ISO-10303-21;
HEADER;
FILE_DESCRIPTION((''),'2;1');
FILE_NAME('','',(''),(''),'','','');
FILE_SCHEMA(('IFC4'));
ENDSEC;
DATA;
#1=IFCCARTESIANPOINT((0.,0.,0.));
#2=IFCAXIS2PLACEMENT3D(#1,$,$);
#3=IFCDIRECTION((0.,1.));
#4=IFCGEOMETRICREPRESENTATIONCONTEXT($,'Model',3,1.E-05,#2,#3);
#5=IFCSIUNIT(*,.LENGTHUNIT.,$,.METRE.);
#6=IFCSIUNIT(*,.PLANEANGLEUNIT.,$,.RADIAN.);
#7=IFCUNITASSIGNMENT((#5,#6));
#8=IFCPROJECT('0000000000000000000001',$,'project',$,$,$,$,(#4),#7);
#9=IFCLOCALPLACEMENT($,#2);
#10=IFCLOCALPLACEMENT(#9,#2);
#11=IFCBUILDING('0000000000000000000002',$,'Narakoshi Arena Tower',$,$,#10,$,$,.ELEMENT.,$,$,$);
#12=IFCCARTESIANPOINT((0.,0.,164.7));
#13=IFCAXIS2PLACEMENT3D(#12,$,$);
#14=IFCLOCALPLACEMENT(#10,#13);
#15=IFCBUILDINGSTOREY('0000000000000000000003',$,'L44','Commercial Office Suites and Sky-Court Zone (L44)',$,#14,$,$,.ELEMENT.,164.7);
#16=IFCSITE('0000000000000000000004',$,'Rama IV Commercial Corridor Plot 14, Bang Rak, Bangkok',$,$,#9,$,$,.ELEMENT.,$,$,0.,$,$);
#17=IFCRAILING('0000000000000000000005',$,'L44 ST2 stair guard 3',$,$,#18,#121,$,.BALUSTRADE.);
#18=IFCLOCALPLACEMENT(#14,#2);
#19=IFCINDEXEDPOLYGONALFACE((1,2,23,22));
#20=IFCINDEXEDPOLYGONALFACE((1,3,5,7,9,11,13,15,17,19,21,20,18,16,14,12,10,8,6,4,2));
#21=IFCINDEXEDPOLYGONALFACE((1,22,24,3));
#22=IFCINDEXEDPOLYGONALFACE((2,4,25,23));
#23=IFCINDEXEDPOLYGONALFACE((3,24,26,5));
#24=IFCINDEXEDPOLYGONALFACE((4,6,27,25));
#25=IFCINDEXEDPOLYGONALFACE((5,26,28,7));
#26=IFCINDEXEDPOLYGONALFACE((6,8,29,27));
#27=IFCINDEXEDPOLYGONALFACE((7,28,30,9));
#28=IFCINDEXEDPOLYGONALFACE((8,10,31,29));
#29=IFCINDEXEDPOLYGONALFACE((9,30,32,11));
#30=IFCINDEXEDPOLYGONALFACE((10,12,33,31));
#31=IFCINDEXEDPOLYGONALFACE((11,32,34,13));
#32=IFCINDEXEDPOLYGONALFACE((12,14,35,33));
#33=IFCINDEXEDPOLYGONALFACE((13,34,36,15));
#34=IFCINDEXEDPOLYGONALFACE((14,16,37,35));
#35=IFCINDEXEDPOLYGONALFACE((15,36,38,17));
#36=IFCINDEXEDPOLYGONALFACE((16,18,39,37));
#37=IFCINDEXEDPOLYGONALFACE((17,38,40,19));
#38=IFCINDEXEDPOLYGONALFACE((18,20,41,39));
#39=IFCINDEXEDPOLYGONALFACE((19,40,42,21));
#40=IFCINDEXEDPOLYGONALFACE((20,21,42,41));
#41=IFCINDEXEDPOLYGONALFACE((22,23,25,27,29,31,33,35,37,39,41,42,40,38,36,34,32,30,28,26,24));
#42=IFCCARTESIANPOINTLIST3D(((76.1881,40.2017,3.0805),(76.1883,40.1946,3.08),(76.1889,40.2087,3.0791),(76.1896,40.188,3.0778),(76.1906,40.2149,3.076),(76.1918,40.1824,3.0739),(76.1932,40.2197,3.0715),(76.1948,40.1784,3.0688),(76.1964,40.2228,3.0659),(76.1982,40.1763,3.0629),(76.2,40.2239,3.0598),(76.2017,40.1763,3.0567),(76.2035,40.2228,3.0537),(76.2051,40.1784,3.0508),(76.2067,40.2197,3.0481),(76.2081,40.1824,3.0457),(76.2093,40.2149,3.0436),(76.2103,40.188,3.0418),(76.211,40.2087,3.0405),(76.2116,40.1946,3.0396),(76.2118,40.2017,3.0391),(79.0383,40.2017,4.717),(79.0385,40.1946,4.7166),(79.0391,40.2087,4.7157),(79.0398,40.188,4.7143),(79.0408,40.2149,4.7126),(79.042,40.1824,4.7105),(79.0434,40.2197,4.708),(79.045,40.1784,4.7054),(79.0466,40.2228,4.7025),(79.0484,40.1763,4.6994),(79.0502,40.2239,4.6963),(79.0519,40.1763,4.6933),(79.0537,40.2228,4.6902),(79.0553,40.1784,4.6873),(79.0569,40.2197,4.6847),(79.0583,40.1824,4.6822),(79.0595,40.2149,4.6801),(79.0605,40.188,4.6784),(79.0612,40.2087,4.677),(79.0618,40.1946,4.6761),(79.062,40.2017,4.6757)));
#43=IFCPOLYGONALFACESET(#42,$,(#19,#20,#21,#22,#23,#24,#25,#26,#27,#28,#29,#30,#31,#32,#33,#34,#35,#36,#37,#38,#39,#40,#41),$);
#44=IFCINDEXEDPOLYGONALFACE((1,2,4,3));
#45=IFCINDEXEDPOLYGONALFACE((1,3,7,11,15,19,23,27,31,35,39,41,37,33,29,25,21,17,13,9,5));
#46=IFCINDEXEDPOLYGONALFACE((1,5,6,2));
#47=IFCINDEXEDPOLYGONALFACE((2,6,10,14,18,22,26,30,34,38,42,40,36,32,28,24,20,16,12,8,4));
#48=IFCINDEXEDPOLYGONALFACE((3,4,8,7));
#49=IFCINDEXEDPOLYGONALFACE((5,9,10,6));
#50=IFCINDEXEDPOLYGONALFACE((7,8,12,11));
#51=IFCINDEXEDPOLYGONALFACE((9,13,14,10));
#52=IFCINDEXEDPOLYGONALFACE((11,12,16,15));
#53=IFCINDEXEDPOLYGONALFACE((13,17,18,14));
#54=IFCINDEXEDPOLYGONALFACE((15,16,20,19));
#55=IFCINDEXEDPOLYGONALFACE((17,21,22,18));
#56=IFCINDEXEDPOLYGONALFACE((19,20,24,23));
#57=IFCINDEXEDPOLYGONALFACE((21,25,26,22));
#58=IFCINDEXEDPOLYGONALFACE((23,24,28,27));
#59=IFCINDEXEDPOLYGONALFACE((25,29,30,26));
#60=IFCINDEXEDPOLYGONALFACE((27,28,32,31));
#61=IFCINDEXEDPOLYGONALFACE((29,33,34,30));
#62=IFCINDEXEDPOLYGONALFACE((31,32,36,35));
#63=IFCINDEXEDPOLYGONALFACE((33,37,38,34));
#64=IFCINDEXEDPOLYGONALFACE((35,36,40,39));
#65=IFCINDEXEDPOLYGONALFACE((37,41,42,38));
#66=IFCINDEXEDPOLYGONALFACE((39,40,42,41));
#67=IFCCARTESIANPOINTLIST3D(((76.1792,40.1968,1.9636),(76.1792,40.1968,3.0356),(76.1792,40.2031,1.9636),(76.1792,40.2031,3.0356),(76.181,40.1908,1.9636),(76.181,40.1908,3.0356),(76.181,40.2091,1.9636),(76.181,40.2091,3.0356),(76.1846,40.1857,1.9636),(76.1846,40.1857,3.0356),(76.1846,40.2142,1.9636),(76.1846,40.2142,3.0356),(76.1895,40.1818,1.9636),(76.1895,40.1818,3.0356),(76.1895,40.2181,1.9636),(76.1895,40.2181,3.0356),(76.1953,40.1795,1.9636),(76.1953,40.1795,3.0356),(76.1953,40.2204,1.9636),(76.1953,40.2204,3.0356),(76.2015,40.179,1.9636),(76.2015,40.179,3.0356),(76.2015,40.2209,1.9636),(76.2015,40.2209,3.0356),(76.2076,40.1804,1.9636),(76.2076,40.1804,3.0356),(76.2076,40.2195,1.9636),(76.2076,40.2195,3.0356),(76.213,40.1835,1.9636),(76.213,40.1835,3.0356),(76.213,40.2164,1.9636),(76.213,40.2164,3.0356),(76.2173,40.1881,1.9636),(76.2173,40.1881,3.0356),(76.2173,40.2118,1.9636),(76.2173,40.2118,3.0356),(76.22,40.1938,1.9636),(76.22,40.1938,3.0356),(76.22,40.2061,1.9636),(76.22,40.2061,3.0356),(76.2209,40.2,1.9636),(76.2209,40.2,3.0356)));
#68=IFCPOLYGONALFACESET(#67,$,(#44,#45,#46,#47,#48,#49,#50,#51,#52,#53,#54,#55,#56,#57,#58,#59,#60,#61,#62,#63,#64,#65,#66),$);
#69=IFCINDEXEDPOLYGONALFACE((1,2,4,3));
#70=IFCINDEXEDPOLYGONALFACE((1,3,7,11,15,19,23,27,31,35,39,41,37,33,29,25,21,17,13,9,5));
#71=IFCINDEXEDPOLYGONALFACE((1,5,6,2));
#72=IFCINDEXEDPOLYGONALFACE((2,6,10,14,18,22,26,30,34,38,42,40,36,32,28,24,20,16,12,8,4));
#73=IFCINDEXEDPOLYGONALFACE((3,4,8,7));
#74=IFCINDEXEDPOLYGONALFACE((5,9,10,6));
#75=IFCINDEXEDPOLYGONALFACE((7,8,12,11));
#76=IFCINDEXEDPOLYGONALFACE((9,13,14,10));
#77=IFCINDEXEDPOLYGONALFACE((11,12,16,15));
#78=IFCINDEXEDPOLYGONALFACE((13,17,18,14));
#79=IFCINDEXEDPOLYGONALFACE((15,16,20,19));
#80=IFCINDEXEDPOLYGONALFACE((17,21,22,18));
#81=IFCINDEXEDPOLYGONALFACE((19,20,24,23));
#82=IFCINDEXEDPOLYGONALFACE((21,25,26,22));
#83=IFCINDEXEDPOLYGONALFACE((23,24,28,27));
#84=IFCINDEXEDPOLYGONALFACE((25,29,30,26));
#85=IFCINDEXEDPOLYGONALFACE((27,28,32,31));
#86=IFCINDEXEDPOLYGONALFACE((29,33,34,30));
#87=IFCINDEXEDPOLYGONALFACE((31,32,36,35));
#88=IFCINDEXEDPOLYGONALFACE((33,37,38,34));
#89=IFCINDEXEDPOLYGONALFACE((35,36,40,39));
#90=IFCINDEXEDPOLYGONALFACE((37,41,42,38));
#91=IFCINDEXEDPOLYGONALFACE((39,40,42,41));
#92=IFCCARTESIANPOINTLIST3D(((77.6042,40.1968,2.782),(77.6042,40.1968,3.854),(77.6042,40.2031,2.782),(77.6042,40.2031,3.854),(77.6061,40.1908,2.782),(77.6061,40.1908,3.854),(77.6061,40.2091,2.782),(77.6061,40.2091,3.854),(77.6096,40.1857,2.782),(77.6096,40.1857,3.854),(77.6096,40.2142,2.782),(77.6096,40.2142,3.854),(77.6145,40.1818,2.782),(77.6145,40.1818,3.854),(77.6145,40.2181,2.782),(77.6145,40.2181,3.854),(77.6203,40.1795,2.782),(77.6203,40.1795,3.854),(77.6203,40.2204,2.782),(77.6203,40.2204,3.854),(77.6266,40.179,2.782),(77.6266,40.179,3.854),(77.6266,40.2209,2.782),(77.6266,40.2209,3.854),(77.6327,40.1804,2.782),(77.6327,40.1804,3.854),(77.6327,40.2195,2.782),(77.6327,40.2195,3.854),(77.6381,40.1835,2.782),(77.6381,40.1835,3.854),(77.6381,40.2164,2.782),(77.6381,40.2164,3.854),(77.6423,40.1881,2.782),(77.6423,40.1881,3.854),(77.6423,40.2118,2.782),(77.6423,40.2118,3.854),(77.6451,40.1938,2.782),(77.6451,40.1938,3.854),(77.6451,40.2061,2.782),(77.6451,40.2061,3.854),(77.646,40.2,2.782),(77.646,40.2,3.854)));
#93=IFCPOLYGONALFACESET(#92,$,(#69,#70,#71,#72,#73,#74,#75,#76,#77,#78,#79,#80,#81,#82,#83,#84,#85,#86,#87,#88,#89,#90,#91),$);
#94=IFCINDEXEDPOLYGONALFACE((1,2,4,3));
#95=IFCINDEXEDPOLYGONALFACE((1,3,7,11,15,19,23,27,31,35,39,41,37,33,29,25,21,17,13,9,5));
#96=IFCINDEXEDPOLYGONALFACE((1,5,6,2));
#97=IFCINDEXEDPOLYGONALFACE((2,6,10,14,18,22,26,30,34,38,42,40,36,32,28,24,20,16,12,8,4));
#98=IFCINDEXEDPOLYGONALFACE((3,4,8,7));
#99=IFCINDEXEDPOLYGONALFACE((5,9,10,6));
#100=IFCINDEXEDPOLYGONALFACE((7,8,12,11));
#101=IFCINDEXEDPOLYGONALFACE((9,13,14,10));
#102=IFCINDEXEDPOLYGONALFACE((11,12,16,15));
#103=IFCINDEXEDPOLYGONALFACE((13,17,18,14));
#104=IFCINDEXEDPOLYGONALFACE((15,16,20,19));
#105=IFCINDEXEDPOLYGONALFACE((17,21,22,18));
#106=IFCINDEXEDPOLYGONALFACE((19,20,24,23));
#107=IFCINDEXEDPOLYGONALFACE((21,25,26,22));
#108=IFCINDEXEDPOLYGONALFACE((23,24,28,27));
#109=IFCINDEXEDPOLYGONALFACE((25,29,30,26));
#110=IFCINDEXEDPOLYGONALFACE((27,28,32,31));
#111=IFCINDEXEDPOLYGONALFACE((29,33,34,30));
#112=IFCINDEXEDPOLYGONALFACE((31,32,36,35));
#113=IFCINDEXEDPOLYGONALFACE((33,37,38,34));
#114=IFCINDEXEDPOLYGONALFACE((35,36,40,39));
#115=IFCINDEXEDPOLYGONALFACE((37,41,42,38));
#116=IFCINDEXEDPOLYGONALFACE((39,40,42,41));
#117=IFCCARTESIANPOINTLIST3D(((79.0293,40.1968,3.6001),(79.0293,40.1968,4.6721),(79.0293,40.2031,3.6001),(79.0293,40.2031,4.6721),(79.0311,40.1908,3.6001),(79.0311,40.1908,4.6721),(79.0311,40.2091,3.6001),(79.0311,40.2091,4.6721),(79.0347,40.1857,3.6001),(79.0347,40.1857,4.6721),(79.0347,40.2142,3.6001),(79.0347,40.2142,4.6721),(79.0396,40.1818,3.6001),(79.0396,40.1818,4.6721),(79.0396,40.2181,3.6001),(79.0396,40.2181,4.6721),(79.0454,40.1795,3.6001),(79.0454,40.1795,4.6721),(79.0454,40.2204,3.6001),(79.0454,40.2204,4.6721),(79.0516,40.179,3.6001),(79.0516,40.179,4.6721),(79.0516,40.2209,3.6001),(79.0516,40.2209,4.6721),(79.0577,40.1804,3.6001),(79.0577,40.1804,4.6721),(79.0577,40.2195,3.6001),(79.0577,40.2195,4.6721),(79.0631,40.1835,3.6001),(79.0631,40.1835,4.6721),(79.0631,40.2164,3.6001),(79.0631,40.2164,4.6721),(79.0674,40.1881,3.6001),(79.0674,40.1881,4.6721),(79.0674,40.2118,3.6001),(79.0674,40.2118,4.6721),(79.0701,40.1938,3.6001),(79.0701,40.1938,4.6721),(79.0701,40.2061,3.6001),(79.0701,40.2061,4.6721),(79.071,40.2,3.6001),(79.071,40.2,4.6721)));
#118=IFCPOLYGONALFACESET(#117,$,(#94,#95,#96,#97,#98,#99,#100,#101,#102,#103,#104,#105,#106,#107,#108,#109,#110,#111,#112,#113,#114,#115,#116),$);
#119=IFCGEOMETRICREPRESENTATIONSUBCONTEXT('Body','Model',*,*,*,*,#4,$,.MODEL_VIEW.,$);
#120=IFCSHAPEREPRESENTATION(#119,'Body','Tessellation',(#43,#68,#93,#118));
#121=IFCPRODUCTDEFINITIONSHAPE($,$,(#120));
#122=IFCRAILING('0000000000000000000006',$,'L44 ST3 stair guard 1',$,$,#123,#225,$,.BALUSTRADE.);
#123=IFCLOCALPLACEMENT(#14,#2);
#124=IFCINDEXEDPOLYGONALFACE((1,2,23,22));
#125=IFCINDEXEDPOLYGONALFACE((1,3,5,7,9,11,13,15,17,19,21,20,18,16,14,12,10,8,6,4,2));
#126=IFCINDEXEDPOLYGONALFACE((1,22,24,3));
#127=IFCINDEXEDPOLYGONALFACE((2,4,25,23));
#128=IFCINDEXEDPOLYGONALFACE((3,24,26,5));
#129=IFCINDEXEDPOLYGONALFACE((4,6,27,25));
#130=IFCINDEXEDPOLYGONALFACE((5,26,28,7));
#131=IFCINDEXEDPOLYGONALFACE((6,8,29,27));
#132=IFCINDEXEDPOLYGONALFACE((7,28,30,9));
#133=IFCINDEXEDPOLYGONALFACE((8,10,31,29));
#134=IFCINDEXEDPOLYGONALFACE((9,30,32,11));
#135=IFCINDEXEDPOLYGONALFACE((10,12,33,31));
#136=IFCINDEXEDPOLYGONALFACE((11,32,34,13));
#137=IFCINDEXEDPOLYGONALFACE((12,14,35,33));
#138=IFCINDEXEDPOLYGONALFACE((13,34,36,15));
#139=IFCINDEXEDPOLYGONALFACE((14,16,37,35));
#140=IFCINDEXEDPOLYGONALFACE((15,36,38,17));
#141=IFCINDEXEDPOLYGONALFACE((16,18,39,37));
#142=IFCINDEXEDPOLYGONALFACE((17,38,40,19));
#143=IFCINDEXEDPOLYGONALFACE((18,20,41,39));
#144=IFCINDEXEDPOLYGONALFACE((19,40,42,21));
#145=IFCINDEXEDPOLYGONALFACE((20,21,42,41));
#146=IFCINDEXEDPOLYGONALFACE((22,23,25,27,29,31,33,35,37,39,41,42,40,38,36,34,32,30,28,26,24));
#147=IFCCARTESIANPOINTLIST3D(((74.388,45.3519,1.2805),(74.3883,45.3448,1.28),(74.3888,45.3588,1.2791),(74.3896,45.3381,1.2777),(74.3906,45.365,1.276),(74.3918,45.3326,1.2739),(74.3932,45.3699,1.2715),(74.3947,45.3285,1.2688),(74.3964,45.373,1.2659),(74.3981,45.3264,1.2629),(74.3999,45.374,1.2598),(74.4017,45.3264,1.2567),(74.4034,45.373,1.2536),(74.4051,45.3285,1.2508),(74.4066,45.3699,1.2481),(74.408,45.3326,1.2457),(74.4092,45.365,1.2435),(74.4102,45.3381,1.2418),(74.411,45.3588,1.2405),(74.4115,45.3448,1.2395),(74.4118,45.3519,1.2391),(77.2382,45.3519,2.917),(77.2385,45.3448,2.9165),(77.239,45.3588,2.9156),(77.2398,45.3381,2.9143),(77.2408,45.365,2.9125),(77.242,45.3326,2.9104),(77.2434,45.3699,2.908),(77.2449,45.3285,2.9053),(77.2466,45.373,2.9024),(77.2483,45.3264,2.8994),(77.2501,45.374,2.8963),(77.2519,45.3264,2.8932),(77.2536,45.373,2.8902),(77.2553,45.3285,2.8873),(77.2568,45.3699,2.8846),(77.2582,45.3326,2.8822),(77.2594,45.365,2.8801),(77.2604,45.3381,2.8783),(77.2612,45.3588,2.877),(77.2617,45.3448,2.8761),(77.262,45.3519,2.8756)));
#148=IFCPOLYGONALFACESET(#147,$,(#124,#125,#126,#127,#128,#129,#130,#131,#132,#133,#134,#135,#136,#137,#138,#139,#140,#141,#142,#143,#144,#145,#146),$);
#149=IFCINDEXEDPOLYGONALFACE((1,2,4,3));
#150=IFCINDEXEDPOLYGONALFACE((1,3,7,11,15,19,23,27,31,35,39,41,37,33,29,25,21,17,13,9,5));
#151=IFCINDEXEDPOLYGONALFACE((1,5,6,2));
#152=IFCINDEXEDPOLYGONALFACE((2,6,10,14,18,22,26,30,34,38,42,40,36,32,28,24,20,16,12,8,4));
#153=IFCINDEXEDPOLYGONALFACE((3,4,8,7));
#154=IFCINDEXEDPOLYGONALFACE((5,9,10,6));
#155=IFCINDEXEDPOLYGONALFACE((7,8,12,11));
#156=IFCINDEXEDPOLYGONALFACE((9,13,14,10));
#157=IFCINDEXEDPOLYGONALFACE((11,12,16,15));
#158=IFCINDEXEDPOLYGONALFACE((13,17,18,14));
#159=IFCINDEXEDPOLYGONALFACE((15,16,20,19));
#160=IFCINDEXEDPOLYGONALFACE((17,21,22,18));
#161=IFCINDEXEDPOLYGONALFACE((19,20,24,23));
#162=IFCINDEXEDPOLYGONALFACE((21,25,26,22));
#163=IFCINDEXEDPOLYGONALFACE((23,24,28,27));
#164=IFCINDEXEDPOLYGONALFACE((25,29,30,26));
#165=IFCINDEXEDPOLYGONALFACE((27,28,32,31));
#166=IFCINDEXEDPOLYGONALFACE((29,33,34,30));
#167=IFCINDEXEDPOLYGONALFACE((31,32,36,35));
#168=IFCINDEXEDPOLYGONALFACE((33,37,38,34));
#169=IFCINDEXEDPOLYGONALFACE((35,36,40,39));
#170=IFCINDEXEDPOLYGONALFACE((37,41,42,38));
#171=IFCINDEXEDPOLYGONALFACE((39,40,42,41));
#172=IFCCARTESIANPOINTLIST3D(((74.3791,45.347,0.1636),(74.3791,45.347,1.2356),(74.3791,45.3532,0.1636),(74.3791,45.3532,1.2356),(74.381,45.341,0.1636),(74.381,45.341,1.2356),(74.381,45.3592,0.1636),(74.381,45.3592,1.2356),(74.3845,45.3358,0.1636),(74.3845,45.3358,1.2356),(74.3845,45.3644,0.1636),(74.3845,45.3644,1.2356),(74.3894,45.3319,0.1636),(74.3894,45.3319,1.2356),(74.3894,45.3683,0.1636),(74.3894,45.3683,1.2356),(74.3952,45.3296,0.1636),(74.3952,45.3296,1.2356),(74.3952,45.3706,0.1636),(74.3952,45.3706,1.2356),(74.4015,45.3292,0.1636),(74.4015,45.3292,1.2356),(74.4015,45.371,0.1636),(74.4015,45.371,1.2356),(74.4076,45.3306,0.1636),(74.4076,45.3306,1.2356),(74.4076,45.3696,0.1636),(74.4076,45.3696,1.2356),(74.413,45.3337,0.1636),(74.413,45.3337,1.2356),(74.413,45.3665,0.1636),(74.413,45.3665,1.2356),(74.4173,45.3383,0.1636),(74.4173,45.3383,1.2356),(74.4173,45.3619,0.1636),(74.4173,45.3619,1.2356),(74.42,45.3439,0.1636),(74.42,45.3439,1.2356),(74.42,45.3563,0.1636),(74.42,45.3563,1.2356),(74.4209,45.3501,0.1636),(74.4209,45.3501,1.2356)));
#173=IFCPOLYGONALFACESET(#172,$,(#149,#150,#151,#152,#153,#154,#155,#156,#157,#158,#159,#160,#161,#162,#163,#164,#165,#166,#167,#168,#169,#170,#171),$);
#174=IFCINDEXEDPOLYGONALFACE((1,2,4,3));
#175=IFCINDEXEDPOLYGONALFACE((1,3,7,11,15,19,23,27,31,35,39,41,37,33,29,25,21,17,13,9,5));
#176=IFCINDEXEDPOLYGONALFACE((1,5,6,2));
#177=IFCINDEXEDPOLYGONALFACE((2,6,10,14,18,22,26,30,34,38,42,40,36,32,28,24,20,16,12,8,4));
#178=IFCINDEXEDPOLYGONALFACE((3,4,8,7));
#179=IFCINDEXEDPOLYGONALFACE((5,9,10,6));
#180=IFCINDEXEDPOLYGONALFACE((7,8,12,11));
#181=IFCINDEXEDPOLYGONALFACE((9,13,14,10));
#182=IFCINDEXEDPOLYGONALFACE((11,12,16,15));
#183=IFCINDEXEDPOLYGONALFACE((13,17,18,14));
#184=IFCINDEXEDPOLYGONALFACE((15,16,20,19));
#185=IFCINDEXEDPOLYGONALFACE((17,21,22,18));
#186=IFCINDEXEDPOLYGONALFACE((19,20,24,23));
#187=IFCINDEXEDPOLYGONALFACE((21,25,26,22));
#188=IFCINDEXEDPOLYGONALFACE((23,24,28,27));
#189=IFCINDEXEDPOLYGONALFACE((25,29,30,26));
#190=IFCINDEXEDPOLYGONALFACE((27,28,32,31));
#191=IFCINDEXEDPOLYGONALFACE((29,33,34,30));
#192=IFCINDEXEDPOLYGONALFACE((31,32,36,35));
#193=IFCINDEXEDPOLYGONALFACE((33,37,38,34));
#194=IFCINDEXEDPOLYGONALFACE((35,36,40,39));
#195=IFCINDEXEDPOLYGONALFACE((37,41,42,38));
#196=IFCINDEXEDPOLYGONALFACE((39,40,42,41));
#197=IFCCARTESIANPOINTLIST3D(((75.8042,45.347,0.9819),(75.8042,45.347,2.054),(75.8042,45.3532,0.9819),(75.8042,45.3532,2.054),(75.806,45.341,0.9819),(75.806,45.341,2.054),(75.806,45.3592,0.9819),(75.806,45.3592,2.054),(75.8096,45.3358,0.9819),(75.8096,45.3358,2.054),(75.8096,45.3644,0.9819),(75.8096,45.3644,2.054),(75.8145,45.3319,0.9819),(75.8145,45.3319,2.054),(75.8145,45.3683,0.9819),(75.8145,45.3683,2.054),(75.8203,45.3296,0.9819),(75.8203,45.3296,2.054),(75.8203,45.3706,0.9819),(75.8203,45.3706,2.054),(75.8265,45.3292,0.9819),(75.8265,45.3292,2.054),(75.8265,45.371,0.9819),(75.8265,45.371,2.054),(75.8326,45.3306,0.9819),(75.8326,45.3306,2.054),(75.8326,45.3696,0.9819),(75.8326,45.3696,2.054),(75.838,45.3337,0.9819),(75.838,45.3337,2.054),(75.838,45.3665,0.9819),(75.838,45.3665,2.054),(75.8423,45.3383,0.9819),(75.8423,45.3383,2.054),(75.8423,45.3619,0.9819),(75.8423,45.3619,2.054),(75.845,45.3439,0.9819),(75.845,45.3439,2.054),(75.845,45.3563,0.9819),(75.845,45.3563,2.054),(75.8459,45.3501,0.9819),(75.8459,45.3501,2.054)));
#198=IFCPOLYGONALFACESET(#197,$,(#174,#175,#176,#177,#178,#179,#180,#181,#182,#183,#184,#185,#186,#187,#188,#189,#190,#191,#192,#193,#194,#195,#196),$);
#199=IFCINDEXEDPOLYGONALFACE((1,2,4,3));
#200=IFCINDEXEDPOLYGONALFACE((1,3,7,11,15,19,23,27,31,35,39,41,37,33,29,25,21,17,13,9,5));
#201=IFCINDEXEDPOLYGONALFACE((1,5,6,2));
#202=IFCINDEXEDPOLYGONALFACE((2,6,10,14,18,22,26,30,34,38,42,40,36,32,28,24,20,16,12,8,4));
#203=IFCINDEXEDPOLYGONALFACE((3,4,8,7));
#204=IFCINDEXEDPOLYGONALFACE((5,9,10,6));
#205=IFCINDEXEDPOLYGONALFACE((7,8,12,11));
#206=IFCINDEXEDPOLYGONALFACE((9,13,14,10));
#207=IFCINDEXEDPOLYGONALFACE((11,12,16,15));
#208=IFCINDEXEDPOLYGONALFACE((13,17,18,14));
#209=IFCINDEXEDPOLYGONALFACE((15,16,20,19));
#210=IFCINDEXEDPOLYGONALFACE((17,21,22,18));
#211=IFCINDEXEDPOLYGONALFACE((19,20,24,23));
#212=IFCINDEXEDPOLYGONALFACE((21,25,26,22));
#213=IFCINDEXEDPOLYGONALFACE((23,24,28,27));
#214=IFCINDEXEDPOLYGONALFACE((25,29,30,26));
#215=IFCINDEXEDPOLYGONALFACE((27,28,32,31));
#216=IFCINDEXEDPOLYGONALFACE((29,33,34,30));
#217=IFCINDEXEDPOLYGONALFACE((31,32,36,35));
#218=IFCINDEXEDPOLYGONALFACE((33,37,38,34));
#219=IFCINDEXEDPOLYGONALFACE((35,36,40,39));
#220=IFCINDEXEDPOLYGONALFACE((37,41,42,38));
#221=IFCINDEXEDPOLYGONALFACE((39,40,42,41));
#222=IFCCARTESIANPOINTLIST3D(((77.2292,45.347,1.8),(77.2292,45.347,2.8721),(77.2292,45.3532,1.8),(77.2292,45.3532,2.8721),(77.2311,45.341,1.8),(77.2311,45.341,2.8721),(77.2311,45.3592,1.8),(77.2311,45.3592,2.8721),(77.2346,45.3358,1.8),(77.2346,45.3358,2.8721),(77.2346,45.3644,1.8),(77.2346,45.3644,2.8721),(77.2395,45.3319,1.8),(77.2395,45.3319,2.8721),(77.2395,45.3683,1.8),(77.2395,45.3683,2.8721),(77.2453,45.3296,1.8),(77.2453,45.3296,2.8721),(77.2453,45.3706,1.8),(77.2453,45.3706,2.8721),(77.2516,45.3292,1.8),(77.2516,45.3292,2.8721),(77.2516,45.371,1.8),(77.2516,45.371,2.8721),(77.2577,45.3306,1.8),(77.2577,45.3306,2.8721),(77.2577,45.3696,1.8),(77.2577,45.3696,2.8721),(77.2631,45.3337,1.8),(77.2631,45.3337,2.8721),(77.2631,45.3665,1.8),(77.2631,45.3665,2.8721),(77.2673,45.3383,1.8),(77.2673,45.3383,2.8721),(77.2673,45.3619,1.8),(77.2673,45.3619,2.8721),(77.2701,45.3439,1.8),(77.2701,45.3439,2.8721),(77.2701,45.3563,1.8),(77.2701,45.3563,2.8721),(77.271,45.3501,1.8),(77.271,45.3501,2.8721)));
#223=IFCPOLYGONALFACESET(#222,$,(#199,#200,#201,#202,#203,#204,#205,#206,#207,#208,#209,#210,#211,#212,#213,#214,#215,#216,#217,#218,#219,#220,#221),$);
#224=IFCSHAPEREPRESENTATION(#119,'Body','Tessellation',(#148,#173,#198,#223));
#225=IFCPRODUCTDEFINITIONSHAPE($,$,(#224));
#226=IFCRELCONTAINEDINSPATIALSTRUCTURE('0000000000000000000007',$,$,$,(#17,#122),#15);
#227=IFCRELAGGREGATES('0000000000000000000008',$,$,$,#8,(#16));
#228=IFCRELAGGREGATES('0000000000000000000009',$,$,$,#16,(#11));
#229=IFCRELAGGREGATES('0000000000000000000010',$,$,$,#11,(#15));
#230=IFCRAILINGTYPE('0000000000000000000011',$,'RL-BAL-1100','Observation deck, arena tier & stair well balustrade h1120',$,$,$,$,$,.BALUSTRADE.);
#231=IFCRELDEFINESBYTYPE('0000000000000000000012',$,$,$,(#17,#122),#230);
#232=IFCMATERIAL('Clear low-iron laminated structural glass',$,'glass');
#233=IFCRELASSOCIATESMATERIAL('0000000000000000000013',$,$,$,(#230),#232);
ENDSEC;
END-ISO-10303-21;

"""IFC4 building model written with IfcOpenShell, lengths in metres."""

from ifc_helpers import new_model, si_unit, direction, frame, origin, origin_2d, place, context, subcontext, project, spatial, circle, extrude, material, type_object, element, save


model = new_model("IFC4")

# Units and contexts
model_context = context("Model", 3, precision=1e-05, world=origin(), true_north=direction((0.0, 1.0)))
body_context = subcontext(model_context, "Body", "Model", "MODEL_VIEW")
ifc_project = project(units=[si_unit("LENGTHUNIT", "METRE"), si_unit("PLANEANGLEUNIT", "RADIAN")], contexts=[model_context])

# Site, building, storey
site_placement = place(None, origin())
site = spatial("IfcSite", under=ifc_project, at=site_placement, Name="Rama IV Commercial Corridor Plot 14, Bang Rak, Bangkok", CompositionType="ELEMENT", RefElevation=0.0)
building_placement = place(site_placement, origin())
building = spatial("IfcBuilding", under=site, at=building_placement, Name="Narakoshi Arena Tower", CompositionType="ELEMENT")
storey_placement = place(building_placement, frame((0.0, 0.0, 164.7)))
storey = spatial("IfcBuildingStorey", under=building, at=storey_placement, Name="L44", Description="Commercial Office Suites and Sky-Court Zone (L44)", CompositionType="ELEMENT", Elevation=164.7)

# Railings
ifc_material_1 = material(Name="Clear low-iron laminated structural glass", Category="glass")
railing_type_1 = type_object("IfcRailingType", Name="RL-BAL-1100", Description="Observation deck, arena tier & stair well balustrade h1120", PredefinedType="BALUSTRADE", material=ifc_material_1)
for number, where, name in (
    (1, (76.2, 40.2, 1.9636), "L44 ST2 stair guard 3"),
    (2, (74.3999, 45.3501, 0.1636), "L44 ST3 stair guard 1"),
):
    element("IfcRailing", number, at=place(storey_placement, frame(where)), inside=storey, type_object=railing_type_1, Name=name, PredefinedType="BALUSTRADE", context=body_context, shape_type="SweptSolid", body=[
        extrude(circle(Radius=0.0239, at=origin_2d()), frame((0.0, 0.0, 1.0962), z_axis=(0.867213, 0.0, 0.497938), x_axis=(0.0, 1.0, 0.0)), (0.0, 0.0, 1.0), 3.2866),
        extrude(circle(Radius=0.021, at=origin_2d()), origin(), (0.0, 0.0, 1.0), 1.072),
        extrude(circle(Radius=0.021, at=origin_2d()), frame((1.425, 0.0, 0.8184)), (0.0, 0.0, 1.0), 1.072),
        extrude(circle(Radius=0.021, at=origin_2d()), frame((2.8501, 0.0, 1.6365)), (0.0, 0.0, 1.0), 1.072),
    ])

save(model, "model.ifc")
